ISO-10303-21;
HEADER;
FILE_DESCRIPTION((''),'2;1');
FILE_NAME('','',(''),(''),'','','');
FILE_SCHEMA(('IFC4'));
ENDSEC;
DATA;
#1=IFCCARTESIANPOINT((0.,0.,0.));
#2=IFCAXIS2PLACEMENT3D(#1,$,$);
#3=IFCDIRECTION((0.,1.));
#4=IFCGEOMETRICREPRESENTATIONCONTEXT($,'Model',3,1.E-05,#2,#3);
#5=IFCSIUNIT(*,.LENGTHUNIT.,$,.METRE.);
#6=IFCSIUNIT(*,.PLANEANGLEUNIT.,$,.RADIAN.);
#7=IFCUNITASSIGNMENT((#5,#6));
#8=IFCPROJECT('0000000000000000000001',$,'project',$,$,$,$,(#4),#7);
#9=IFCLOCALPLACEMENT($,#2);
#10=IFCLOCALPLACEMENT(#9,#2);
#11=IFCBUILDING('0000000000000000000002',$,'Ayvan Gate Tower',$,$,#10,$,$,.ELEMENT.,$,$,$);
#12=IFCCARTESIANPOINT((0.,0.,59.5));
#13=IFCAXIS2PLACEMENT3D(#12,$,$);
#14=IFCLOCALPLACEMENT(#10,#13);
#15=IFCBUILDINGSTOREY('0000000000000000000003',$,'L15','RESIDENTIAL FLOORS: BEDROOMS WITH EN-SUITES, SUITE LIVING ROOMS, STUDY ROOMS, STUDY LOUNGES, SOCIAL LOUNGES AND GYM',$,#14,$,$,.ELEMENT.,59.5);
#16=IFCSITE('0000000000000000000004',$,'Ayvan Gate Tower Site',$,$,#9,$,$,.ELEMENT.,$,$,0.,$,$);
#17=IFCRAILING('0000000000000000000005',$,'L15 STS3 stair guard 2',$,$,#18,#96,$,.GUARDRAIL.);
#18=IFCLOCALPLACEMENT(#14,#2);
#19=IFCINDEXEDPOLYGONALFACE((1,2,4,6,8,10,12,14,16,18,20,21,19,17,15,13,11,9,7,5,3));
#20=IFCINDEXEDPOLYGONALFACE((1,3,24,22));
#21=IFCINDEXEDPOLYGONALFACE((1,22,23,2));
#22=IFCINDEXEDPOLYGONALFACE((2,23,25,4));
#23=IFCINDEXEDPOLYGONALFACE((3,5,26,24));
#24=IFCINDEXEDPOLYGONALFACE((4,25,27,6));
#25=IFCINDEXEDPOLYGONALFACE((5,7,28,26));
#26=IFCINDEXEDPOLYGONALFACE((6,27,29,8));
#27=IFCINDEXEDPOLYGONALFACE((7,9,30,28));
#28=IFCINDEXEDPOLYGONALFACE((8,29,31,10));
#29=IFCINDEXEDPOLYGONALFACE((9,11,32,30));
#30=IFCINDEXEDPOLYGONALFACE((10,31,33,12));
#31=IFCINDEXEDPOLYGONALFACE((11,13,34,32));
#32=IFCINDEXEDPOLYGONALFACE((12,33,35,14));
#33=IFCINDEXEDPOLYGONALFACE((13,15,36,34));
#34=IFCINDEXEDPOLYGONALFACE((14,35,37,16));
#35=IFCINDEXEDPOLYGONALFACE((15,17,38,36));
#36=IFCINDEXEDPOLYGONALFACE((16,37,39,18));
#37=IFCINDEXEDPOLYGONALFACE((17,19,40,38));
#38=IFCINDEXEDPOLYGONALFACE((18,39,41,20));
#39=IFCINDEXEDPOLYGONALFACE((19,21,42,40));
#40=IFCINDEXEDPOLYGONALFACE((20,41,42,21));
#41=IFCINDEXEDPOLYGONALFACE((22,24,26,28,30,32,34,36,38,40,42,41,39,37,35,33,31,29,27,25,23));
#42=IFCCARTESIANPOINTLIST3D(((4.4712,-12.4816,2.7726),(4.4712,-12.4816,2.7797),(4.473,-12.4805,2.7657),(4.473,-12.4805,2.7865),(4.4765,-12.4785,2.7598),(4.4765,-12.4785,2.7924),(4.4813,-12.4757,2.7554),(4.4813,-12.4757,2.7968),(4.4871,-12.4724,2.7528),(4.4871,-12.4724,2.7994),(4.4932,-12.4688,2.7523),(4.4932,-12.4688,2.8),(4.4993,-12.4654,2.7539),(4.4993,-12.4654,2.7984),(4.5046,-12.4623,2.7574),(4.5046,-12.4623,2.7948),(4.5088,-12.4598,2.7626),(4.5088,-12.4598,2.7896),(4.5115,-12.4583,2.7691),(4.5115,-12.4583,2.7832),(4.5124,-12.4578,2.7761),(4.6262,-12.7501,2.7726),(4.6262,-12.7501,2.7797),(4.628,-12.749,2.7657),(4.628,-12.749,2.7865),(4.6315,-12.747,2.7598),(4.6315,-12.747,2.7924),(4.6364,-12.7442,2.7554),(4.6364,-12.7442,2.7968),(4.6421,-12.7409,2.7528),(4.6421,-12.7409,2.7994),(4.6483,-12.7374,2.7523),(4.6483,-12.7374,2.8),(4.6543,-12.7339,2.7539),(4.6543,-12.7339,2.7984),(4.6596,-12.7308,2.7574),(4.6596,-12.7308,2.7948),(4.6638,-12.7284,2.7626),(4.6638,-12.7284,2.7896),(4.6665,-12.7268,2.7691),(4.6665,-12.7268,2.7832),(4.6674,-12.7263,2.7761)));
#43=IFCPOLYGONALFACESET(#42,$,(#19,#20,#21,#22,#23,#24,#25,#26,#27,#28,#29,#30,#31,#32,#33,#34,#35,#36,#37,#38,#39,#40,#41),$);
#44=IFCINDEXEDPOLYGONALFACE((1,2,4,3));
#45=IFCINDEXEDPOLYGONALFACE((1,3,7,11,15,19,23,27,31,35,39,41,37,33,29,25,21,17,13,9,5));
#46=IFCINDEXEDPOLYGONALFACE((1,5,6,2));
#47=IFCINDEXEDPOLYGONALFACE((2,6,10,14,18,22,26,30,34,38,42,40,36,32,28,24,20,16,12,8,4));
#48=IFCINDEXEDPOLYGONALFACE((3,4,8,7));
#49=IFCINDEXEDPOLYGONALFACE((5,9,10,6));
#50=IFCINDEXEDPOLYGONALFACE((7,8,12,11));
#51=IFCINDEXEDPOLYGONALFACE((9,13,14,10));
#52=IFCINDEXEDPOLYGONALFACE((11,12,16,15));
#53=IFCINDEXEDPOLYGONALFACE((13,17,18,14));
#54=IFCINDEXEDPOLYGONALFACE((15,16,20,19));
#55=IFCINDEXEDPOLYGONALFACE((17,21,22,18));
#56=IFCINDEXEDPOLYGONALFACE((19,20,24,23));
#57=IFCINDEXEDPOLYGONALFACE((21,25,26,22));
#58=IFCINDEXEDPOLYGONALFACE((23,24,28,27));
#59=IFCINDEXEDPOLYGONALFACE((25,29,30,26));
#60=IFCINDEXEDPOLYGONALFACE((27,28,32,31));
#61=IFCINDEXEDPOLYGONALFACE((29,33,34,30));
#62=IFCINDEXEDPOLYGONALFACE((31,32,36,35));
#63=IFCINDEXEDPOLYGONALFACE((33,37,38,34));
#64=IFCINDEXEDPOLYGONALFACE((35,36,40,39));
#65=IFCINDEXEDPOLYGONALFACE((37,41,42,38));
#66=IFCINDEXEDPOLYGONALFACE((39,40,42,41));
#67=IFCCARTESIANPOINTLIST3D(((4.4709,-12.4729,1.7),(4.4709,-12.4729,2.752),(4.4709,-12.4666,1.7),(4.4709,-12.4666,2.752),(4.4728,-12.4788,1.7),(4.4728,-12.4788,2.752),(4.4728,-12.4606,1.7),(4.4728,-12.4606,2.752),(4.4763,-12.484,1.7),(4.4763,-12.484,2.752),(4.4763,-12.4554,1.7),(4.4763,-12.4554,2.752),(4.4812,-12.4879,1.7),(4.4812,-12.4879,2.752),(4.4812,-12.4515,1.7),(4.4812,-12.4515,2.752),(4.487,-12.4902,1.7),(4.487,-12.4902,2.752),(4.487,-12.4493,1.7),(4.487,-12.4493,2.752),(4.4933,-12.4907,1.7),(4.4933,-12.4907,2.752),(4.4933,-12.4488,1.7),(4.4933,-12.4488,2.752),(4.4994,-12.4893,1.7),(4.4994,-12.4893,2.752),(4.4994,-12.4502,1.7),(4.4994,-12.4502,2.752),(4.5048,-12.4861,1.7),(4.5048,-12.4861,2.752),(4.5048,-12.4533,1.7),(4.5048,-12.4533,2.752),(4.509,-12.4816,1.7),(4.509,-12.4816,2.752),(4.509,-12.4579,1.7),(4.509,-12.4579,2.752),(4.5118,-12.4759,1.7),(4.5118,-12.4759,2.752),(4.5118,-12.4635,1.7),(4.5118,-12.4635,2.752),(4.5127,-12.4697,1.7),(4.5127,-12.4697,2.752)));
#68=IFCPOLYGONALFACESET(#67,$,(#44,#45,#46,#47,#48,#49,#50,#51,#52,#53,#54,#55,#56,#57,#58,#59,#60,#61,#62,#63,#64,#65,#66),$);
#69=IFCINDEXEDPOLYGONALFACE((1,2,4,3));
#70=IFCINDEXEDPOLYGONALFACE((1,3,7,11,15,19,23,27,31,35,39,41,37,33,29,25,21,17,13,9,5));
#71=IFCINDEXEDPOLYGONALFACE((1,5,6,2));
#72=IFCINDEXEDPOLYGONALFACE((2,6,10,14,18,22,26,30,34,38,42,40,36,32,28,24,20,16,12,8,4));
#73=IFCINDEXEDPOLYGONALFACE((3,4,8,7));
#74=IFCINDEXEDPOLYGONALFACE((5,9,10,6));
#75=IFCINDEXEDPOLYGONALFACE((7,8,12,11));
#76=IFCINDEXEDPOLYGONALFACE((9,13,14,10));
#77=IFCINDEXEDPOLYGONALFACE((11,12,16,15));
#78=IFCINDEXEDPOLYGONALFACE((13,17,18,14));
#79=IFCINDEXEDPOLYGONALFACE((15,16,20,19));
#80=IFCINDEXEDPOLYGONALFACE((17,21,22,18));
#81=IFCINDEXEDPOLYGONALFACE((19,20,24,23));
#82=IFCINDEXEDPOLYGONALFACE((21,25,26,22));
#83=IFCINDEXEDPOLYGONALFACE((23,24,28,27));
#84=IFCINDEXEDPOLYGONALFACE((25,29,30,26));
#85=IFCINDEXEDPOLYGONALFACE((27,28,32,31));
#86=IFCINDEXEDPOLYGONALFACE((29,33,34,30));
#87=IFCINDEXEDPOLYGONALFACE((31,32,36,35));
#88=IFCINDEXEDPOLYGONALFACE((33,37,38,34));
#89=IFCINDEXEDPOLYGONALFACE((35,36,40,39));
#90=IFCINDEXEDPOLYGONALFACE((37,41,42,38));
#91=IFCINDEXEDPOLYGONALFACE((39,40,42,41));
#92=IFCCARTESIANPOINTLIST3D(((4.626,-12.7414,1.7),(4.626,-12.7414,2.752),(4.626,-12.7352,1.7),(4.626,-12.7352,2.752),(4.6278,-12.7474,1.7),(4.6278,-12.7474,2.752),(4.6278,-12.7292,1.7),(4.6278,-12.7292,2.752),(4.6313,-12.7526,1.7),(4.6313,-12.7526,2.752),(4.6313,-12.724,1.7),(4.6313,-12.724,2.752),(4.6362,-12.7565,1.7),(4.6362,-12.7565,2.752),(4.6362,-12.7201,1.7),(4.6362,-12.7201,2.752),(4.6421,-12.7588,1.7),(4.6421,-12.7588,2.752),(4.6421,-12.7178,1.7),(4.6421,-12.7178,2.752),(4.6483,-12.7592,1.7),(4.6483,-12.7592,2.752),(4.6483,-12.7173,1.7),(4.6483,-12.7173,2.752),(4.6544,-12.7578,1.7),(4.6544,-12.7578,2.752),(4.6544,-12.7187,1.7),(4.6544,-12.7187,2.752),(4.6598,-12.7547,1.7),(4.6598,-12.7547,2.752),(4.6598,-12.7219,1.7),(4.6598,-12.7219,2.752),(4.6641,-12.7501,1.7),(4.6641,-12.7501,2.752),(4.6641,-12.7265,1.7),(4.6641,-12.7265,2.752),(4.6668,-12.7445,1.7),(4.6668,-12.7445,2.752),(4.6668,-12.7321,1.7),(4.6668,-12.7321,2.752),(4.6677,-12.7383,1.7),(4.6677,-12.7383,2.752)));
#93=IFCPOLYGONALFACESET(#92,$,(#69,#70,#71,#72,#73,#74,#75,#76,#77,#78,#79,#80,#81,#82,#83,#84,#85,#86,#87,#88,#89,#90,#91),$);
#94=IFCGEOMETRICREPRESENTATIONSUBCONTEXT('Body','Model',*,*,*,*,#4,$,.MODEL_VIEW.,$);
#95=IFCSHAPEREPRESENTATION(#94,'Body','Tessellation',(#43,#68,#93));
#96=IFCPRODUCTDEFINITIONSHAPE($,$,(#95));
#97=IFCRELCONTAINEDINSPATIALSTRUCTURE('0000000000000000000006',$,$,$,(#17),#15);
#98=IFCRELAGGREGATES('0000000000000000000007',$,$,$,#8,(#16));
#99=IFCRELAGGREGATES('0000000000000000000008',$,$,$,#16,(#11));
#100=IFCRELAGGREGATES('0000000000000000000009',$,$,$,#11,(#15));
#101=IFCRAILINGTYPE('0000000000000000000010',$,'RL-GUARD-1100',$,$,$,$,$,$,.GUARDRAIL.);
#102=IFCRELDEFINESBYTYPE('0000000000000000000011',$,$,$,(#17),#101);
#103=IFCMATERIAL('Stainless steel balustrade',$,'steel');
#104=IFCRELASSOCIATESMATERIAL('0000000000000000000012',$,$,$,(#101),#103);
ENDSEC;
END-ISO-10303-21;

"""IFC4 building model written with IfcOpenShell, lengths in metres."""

from ifc_helpers import new_model, si_unit, direction, frame, origin, origin_2d, place, context, subcontext, project, spatial, circle, extrude, material, type_object, element, save


model = new_model("IFC4")

# Units and contexts
model_context = context("Model", 3, precision=1e-05, world=origin(), true_north=direction((0.0, 1.0)))
body_context = subcontext(model_context, "Body", "Model", "MODEL_VIEW")
ifc_project = project(units=[si_unit("LENGTHUNIT", "METRE"), si_unit("PLANEANGLEUNIT", "RADIAN")], contexts=[model_context])

# Site, building, storey
site_placement = place(None, origin())
site = spatial("IfcSite", under=ifc_project, at=site_placement, Name="Ayvan Gate Tower Site", CompositionType="ELEMENT", RefElevation=0.0)
building_placement = place(site_placement, origin())
building = spatial("IfcBuilding", under=site, at=building_placement, Name="Ayvan Gate Tower", CompositionType="ELEMENT")
storey_placement = place(building_placement, frame((0.0, 0.0, 59.5)))
storey = spatial("IfcBuildingStorey", under=building, at=storey_placement, Name="L15", Description="RESIDENTIAL FLOORS: BEDROOMS WITH EN-SUITES, SUITE LIVING ROOMS, STUDY ROOMS, STUDY LOUNGES, SOCIAL LOUNGES AND GYM", CompositionType="ELEMENT", Elevation=59.5)

# Railing
ifc_material_1 = material(Name="Stainless steel balustrade", Category="steel")
railing_type_1 = type_object("IfcRailingType", Name="RL-GUARD-1100", PredefinedType="GUARDRAIL", material=ifc_material_1)
railing_1_placement = place(storey_placement, frame((4.4917, -12.4697, 1.7)))
element("IfcRailing", 1, at=railing_1_placement, inside=storey, type_object=railing_type_1, Name="L15 STS3 stair guard 2", PredefinedType="GUARDRAIL", context=body_context, shape_type="SweptSolid", body=[
    extrude(circle(Radius=0.0239, at=origin_2d()), frame((0.0, 0.0, 1.0762), z_axis=(0.49995, -0.866054, 0.0), x_axis=(0.866054, 0.49995, 0.0)), (0.0, 0.0, 1.0), 0.3101),
    extrude(circle(Radius=0.021, at=origin_2d()), origin(), (0.0, 0.0, 1.0), 1.052),
    extrude(circle(Radius=0.021, at=origin_2d()), frame((0.155, -0.2686, 0.0)), (0.0, 0.0, 1.0), 1.052),
])

save(model, "model.ifc")
